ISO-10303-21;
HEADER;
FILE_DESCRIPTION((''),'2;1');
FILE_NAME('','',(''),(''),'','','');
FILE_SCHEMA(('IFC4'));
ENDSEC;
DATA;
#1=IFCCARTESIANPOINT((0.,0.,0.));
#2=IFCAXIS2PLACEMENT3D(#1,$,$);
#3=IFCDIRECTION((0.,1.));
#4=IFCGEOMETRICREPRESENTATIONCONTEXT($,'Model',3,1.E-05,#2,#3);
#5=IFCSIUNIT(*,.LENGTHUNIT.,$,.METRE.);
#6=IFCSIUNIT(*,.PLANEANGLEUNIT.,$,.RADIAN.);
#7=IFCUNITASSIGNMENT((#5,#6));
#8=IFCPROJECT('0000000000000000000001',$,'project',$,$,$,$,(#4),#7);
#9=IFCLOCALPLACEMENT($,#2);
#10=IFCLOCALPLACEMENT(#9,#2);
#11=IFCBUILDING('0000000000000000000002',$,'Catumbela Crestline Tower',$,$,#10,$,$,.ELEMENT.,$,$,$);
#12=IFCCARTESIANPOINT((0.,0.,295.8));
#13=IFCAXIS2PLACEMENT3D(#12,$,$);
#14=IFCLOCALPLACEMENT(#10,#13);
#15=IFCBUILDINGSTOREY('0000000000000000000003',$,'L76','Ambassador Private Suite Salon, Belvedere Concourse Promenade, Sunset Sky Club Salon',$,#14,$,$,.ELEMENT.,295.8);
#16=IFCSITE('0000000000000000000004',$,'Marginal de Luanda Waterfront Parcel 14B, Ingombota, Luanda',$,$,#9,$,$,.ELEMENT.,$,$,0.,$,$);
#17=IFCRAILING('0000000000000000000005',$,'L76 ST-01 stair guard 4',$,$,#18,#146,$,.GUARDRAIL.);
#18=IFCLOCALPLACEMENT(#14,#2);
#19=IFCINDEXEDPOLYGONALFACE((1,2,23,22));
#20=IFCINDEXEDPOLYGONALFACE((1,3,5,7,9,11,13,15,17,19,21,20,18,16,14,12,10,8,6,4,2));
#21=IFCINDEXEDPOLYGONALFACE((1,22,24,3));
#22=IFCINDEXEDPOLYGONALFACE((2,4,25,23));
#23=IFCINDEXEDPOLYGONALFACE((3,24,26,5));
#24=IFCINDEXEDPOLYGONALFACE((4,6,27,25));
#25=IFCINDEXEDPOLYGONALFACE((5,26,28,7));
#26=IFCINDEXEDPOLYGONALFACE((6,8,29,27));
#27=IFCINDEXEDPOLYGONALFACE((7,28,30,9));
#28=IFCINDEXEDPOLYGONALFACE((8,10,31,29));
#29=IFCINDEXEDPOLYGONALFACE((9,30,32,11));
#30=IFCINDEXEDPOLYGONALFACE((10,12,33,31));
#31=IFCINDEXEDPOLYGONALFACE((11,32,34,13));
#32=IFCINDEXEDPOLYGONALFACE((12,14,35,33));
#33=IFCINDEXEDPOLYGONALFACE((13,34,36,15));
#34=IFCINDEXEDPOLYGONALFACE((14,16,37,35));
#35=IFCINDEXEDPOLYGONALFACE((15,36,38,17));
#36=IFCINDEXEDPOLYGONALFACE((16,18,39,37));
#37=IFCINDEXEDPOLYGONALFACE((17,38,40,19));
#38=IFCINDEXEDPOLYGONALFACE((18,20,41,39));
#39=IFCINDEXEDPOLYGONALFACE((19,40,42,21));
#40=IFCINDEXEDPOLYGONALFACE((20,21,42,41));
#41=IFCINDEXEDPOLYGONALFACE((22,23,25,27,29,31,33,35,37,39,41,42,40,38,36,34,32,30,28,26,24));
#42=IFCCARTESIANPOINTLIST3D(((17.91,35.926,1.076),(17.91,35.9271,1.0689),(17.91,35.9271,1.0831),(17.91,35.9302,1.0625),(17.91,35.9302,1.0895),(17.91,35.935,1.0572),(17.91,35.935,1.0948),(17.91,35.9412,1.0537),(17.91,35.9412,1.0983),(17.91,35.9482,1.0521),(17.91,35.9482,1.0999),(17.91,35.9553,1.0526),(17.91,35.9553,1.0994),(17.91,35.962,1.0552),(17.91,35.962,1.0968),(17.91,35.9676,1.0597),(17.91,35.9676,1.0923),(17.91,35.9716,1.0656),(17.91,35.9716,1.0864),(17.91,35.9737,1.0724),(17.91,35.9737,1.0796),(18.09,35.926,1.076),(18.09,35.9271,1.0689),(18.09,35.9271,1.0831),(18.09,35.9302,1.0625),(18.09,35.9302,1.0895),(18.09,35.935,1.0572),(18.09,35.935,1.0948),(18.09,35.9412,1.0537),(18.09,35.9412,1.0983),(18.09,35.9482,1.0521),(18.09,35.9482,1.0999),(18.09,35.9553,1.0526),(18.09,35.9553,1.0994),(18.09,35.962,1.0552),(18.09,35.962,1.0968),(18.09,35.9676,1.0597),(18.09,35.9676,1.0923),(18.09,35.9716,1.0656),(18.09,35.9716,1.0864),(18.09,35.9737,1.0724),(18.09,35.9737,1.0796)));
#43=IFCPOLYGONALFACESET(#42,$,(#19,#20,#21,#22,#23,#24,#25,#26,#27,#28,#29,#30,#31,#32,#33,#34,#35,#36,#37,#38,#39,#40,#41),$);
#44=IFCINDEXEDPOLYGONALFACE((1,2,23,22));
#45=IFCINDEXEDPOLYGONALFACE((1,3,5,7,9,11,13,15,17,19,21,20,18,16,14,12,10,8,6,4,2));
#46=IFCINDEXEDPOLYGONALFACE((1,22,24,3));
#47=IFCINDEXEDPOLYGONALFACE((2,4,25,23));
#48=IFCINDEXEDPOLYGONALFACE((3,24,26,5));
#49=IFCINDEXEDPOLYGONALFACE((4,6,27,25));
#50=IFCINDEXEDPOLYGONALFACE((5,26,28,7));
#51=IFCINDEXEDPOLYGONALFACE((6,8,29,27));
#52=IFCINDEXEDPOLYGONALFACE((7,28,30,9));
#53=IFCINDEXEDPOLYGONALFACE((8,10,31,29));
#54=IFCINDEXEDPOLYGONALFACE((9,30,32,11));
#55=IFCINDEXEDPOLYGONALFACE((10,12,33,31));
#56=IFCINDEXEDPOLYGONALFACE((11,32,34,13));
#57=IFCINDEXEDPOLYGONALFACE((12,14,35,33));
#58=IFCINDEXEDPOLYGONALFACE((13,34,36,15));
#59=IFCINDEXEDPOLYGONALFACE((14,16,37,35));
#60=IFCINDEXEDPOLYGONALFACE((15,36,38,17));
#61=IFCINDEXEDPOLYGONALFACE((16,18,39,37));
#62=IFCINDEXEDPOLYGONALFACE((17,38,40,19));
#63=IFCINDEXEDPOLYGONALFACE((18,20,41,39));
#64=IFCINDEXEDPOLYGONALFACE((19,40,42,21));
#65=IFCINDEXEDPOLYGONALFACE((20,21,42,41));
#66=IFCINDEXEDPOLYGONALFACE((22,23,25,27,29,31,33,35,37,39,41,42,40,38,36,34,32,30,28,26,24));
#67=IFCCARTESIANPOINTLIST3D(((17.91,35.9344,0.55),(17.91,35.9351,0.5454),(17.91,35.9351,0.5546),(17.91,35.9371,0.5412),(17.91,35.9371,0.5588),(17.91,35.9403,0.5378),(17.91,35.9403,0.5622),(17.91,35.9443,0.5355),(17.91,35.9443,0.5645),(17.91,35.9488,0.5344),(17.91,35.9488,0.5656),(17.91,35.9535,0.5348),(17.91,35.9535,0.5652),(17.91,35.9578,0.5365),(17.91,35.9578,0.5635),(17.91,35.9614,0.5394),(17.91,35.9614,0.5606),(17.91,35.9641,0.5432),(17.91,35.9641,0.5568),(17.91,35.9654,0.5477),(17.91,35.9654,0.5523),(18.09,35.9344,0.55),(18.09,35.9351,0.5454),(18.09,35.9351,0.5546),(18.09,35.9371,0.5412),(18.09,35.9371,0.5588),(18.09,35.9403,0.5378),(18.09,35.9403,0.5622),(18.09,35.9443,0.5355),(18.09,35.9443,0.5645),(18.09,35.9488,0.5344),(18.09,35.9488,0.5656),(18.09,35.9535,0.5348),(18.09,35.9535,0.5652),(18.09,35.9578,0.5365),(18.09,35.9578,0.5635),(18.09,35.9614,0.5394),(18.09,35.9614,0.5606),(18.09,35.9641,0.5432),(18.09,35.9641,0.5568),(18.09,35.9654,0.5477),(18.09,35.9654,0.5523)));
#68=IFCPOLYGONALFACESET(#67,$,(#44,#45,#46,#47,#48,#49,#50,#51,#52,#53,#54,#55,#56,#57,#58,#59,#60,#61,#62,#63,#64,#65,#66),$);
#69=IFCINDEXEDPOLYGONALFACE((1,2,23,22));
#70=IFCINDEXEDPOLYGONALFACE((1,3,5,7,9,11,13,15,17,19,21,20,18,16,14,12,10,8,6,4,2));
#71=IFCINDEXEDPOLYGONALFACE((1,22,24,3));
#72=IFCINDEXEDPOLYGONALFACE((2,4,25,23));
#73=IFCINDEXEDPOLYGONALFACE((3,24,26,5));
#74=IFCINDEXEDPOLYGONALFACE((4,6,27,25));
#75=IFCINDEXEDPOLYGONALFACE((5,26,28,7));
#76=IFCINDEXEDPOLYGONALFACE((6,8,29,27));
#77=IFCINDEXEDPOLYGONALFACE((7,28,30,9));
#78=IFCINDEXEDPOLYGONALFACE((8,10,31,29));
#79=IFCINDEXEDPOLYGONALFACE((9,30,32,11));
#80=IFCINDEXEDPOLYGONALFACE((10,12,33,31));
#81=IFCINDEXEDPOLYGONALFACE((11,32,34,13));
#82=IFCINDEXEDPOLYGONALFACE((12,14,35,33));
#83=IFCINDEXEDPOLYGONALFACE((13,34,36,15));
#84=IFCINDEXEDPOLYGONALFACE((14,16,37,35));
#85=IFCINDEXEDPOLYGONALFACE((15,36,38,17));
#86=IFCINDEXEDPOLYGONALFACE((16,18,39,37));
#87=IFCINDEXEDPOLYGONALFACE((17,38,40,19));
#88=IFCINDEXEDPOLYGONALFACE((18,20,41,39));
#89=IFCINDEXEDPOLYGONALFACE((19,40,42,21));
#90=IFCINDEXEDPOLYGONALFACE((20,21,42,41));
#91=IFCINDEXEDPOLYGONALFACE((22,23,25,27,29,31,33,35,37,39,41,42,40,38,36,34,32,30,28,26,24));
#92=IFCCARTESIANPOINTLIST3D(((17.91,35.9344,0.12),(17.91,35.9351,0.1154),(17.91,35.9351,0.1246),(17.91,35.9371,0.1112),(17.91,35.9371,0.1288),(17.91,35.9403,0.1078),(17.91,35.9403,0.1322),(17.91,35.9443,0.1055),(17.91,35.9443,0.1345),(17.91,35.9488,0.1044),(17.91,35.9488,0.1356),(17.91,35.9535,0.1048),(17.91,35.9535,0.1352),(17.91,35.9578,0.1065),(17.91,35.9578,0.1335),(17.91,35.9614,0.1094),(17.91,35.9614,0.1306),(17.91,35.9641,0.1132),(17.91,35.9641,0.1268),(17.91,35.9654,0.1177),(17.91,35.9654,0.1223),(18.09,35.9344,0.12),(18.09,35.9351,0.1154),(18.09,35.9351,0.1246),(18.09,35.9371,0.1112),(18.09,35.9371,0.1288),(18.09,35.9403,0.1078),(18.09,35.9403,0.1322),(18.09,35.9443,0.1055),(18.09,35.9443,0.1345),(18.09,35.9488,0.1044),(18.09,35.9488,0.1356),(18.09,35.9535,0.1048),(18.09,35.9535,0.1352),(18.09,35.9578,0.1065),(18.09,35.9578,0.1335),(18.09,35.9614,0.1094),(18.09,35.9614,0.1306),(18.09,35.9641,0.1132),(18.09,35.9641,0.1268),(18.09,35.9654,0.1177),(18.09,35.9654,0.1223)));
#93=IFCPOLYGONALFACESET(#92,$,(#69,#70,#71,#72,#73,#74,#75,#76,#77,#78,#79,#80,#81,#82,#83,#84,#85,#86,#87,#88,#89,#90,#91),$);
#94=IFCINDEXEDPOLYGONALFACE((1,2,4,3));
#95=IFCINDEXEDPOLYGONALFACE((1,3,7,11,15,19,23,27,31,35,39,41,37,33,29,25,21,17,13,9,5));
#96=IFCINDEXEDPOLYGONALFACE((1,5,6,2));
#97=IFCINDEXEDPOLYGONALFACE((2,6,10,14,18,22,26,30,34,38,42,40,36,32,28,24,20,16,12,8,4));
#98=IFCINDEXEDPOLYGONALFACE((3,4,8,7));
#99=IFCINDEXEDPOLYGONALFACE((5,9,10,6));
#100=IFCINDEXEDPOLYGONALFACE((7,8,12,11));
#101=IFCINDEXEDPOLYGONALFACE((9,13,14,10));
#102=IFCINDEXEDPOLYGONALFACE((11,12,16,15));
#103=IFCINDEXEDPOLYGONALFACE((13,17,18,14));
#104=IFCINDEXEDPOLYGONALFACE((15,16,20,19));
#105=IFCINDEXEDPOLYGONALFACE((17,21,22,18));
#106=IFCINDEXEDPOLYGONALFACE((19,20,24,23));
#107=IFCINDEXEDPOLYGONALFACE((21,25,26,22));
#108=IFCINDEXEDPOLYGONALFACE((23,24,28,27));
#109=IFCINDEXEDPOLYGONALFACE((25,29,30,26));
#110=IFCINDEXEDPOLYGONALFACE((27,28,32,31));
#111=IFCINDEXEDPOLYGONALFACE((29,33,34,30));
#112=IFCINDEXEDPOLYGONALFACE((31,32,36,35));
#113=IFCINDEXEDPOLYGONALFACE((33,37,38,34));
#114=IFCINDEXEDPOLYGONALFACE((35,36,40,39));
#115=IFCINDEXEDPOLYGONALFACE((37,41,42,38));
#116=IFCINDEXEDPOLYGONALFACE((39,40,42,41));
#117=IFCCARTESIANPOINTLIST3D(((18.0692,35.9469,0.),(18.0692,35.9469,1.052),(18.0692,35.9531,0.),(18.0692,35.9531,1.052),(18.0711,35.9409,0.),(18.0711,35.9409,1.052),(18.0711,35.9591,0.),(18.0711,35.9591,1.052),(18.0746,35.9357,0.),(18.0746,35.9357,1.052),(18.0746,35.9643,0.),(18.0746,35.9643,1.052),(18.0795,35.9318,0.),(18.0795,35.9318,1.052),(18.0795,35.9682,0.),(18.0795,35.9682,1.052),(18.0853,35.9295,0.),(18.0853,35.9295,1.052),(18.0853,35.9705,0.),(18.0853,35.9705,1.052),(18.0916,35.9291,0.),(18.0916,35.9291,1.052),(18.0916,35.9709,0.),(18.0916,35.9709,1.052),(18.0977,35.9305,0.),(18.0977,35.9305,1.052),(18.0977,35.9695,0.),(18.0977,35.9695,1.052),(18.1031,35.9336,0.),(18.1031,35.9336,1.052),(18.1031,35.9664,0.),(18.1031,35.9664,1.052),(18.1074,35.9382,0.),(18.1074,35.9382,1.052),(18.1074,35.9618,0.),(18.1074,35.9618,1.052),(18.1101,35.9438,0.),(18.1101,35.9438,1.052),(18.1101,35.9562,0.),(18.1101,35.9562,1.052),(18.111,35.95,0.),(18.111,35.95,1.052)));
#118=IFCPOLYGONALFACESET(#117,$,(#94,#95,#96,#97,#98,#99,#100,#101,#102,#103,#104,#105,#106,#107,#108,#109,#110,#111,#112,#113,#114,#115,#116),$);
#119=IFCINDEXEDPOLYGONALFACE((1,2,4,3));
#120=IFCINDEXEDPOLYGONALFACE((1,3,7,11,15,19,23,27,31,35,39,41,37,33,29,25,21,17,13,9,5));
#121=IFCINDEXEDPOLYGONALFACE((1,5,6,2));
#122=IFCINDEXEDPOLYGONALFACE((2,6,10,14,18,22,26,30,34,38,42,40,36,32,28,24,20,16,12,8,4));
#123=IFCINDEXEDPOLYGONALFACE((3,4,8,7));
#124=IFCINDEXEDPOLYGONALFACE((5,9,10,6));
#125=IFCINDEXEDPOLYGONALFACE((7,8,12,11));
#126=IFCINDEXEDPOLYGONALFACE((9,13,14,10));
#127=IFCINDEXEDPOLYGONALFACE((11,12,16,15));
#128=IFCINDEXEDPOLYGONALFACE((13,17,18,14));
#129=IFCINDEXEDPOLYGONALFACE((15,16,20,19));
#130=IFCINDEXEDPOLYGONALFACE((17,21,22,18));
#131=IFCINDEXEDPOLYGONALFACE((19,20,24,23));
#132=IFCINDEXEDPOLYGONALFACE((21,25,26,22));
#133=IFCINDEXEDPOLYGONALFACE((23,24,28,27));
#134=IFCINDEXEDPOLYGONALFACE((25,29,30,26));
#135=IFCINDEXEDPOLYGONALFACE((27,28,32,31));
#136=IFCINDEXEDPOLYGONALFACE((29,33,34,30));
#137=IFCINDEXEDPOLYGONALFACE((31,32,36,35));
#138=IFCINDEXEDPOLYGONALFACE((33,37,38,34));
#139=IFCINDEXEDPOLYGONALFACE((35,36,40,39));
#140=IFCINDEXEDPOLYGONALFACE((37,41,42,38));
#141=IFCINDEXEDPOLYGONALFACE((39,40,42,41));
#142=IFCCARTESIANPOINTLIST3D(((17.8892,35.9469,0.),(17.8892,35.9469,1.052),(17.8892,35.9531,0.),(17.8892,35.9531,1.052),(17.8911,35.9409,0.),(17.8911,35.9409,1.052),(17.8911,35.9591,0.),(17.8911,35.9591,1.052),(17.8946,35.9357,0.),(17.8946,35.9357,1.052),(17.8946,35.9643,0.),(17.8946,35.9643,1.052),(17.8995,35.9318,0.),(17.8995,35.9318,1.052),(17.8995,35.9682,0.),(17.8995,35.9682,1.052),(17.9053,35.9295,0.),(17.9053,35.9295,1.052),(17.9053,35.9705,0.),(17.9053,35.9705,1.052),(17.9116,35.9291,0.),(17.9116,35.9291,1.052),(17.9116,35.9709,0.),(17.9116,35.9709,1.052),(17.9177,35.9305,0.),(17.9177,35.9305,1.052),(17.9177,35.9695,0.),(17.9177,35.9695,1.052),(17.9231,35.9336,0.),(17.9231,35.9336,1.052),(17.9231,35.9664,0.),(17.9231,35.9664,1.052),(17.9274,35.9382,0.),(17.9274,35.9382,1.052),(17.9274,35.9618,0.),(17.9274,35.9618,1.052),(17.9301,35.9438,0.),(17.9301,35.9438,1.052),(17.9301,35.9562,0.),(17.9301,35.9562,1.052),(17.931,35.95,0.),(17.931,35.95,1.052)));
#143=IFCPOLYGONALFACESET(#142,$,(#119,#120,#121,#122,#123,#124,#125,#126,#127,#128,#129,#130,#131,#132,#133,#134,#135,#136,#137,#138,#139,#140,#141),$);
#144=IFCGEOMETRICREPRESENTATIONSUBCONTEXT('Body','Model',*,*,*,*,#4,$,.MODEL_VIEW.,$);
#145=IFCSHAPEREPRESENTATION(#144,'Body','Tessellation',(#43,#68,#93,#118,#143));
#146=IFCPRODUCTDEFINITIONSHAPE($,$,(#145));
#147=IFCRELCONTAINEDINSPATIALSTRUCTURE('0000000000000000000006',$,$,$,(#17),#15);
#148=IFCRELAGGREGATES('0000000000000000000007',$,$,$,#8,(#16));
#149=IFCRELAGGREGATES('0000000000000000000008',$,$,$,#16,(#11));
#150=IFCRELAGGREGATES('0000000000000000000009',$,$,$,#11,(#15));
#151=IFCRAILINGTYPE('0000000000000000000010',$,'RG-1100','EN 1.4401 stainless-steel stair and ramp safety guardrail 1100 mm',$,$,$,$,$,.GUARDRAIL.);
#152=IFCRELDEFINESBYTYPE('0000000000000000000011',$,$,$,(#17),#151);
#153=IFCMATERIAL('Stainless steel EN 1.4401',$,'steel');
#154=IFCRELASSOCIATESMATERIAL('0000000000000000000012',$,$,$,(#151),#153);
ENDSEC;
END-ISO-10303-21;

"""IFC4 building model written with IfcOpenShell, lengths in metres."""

from ifc_helpers import new_model, si_unit, direction, frame, origin, origin_2d, place, context, subcontext, project, spatial, circle, extrude, material, type_object, element, save


model = new_model("IFC4")

# Units and contexts
model_context = context("Model", 3, precision=1e-05, world=origin(), true_north=direction((0.0, 1.0)))
body_context = subcontext(model_context, "Body", "Model", "MODEL_VIEW")
ifc_project = project(units=[si_unit("LENGTHUNIT", "METRE"), si_unit("PLANEANGLEUNIT", "RADIAN")], contexts=[model_context])

# Site, building, storey
site_placement = place(None, origin())
site = spatial("IfcSite", under=ifc_project, at=site_placement, Name="Marginal de Luanda Waterfront Parcel 14B, Ingombota, Luanda", CompositionType="ELEMENT", RefElevation=0.0)
building_placement = place(site_placement, origin())
building = spatial("IfcBuilding", under=site, at=building_placement, Name="Catumbela Crestline Tower", CompositionType="ELEMENT")
storey_placement = place(building_placement, frame((0.0, 0.0, 295.8)))
storey = spatial("IfcBuildingStorey", under=building, at=storey_placement, Name="L76", Description="Ambassador Private Suite Salon, Belvedere Concourse Promenade, Sunset Sky Club Salon", CompositionType="ELEMENT", Elevation=295.8)

# Shared definitions
ifc_material_1 = material(Name="Stainless steel EN 1.4401", Category="steel")

# Railing
railing_type_1 = type_object("IfcRailingType", Name="RG-1100", Description="EN 1.4401 stainless-steel stair and ramp safety guardrail 1100 mm", PredefinedType="GUARDRAIL", material=ifc_material_1)
railing_1_placement = place(storey_placement, frame((18.09, 35.95, 0.0)))
element("IfcRailing", 1, at=railing_1_placement, inside=storey, type_object=railing_type_1, Name="L76 ST-01 stair guard 4", PredefinedType="GUARDRAIL", context=body_context, shape_type="SweptSolid", body=[
    extrude(circle(Radius=0.024, at=origin_2d()), frame((0.0, 0.0, 1.076), z_axis=(-1.0, 0.0, 0.0), x_axis=(0.0, -1.0, 0.0)), (0.0, 0.0, 1.0), 0.18),
    extrude(circle(Radius=0.0156, at=origin_2d()), frame((0.0, 0.0, 0.55), z_axis=(-1.0, 0.0, 0.0), x_axis=(0.0, -1.0, 0.0)), (0.0, 0.0, 1.0), 0.18),
    extrude(circle(Radius=0.0156, at=origin_2d()), frame((0.0, 0.0, 0.12), z_axis=(-1.0, 0.0, 0.0), x_axis=(0.0, -1.0, 0.0)), (0.0, 0.0, 1.0), 0.18),
    extrude(circle(Radius=0.021, at=origin_2d()), origin(), (0.0, 0.0, 1.0), 1.052),
    extrude(circle(Radius=0.021, at=origin_2d()), frame((-0.18, 0.0, 0.0)), (0.0, 0.0, 1.0), 1.052),
])

save(model, "model.ifc")
